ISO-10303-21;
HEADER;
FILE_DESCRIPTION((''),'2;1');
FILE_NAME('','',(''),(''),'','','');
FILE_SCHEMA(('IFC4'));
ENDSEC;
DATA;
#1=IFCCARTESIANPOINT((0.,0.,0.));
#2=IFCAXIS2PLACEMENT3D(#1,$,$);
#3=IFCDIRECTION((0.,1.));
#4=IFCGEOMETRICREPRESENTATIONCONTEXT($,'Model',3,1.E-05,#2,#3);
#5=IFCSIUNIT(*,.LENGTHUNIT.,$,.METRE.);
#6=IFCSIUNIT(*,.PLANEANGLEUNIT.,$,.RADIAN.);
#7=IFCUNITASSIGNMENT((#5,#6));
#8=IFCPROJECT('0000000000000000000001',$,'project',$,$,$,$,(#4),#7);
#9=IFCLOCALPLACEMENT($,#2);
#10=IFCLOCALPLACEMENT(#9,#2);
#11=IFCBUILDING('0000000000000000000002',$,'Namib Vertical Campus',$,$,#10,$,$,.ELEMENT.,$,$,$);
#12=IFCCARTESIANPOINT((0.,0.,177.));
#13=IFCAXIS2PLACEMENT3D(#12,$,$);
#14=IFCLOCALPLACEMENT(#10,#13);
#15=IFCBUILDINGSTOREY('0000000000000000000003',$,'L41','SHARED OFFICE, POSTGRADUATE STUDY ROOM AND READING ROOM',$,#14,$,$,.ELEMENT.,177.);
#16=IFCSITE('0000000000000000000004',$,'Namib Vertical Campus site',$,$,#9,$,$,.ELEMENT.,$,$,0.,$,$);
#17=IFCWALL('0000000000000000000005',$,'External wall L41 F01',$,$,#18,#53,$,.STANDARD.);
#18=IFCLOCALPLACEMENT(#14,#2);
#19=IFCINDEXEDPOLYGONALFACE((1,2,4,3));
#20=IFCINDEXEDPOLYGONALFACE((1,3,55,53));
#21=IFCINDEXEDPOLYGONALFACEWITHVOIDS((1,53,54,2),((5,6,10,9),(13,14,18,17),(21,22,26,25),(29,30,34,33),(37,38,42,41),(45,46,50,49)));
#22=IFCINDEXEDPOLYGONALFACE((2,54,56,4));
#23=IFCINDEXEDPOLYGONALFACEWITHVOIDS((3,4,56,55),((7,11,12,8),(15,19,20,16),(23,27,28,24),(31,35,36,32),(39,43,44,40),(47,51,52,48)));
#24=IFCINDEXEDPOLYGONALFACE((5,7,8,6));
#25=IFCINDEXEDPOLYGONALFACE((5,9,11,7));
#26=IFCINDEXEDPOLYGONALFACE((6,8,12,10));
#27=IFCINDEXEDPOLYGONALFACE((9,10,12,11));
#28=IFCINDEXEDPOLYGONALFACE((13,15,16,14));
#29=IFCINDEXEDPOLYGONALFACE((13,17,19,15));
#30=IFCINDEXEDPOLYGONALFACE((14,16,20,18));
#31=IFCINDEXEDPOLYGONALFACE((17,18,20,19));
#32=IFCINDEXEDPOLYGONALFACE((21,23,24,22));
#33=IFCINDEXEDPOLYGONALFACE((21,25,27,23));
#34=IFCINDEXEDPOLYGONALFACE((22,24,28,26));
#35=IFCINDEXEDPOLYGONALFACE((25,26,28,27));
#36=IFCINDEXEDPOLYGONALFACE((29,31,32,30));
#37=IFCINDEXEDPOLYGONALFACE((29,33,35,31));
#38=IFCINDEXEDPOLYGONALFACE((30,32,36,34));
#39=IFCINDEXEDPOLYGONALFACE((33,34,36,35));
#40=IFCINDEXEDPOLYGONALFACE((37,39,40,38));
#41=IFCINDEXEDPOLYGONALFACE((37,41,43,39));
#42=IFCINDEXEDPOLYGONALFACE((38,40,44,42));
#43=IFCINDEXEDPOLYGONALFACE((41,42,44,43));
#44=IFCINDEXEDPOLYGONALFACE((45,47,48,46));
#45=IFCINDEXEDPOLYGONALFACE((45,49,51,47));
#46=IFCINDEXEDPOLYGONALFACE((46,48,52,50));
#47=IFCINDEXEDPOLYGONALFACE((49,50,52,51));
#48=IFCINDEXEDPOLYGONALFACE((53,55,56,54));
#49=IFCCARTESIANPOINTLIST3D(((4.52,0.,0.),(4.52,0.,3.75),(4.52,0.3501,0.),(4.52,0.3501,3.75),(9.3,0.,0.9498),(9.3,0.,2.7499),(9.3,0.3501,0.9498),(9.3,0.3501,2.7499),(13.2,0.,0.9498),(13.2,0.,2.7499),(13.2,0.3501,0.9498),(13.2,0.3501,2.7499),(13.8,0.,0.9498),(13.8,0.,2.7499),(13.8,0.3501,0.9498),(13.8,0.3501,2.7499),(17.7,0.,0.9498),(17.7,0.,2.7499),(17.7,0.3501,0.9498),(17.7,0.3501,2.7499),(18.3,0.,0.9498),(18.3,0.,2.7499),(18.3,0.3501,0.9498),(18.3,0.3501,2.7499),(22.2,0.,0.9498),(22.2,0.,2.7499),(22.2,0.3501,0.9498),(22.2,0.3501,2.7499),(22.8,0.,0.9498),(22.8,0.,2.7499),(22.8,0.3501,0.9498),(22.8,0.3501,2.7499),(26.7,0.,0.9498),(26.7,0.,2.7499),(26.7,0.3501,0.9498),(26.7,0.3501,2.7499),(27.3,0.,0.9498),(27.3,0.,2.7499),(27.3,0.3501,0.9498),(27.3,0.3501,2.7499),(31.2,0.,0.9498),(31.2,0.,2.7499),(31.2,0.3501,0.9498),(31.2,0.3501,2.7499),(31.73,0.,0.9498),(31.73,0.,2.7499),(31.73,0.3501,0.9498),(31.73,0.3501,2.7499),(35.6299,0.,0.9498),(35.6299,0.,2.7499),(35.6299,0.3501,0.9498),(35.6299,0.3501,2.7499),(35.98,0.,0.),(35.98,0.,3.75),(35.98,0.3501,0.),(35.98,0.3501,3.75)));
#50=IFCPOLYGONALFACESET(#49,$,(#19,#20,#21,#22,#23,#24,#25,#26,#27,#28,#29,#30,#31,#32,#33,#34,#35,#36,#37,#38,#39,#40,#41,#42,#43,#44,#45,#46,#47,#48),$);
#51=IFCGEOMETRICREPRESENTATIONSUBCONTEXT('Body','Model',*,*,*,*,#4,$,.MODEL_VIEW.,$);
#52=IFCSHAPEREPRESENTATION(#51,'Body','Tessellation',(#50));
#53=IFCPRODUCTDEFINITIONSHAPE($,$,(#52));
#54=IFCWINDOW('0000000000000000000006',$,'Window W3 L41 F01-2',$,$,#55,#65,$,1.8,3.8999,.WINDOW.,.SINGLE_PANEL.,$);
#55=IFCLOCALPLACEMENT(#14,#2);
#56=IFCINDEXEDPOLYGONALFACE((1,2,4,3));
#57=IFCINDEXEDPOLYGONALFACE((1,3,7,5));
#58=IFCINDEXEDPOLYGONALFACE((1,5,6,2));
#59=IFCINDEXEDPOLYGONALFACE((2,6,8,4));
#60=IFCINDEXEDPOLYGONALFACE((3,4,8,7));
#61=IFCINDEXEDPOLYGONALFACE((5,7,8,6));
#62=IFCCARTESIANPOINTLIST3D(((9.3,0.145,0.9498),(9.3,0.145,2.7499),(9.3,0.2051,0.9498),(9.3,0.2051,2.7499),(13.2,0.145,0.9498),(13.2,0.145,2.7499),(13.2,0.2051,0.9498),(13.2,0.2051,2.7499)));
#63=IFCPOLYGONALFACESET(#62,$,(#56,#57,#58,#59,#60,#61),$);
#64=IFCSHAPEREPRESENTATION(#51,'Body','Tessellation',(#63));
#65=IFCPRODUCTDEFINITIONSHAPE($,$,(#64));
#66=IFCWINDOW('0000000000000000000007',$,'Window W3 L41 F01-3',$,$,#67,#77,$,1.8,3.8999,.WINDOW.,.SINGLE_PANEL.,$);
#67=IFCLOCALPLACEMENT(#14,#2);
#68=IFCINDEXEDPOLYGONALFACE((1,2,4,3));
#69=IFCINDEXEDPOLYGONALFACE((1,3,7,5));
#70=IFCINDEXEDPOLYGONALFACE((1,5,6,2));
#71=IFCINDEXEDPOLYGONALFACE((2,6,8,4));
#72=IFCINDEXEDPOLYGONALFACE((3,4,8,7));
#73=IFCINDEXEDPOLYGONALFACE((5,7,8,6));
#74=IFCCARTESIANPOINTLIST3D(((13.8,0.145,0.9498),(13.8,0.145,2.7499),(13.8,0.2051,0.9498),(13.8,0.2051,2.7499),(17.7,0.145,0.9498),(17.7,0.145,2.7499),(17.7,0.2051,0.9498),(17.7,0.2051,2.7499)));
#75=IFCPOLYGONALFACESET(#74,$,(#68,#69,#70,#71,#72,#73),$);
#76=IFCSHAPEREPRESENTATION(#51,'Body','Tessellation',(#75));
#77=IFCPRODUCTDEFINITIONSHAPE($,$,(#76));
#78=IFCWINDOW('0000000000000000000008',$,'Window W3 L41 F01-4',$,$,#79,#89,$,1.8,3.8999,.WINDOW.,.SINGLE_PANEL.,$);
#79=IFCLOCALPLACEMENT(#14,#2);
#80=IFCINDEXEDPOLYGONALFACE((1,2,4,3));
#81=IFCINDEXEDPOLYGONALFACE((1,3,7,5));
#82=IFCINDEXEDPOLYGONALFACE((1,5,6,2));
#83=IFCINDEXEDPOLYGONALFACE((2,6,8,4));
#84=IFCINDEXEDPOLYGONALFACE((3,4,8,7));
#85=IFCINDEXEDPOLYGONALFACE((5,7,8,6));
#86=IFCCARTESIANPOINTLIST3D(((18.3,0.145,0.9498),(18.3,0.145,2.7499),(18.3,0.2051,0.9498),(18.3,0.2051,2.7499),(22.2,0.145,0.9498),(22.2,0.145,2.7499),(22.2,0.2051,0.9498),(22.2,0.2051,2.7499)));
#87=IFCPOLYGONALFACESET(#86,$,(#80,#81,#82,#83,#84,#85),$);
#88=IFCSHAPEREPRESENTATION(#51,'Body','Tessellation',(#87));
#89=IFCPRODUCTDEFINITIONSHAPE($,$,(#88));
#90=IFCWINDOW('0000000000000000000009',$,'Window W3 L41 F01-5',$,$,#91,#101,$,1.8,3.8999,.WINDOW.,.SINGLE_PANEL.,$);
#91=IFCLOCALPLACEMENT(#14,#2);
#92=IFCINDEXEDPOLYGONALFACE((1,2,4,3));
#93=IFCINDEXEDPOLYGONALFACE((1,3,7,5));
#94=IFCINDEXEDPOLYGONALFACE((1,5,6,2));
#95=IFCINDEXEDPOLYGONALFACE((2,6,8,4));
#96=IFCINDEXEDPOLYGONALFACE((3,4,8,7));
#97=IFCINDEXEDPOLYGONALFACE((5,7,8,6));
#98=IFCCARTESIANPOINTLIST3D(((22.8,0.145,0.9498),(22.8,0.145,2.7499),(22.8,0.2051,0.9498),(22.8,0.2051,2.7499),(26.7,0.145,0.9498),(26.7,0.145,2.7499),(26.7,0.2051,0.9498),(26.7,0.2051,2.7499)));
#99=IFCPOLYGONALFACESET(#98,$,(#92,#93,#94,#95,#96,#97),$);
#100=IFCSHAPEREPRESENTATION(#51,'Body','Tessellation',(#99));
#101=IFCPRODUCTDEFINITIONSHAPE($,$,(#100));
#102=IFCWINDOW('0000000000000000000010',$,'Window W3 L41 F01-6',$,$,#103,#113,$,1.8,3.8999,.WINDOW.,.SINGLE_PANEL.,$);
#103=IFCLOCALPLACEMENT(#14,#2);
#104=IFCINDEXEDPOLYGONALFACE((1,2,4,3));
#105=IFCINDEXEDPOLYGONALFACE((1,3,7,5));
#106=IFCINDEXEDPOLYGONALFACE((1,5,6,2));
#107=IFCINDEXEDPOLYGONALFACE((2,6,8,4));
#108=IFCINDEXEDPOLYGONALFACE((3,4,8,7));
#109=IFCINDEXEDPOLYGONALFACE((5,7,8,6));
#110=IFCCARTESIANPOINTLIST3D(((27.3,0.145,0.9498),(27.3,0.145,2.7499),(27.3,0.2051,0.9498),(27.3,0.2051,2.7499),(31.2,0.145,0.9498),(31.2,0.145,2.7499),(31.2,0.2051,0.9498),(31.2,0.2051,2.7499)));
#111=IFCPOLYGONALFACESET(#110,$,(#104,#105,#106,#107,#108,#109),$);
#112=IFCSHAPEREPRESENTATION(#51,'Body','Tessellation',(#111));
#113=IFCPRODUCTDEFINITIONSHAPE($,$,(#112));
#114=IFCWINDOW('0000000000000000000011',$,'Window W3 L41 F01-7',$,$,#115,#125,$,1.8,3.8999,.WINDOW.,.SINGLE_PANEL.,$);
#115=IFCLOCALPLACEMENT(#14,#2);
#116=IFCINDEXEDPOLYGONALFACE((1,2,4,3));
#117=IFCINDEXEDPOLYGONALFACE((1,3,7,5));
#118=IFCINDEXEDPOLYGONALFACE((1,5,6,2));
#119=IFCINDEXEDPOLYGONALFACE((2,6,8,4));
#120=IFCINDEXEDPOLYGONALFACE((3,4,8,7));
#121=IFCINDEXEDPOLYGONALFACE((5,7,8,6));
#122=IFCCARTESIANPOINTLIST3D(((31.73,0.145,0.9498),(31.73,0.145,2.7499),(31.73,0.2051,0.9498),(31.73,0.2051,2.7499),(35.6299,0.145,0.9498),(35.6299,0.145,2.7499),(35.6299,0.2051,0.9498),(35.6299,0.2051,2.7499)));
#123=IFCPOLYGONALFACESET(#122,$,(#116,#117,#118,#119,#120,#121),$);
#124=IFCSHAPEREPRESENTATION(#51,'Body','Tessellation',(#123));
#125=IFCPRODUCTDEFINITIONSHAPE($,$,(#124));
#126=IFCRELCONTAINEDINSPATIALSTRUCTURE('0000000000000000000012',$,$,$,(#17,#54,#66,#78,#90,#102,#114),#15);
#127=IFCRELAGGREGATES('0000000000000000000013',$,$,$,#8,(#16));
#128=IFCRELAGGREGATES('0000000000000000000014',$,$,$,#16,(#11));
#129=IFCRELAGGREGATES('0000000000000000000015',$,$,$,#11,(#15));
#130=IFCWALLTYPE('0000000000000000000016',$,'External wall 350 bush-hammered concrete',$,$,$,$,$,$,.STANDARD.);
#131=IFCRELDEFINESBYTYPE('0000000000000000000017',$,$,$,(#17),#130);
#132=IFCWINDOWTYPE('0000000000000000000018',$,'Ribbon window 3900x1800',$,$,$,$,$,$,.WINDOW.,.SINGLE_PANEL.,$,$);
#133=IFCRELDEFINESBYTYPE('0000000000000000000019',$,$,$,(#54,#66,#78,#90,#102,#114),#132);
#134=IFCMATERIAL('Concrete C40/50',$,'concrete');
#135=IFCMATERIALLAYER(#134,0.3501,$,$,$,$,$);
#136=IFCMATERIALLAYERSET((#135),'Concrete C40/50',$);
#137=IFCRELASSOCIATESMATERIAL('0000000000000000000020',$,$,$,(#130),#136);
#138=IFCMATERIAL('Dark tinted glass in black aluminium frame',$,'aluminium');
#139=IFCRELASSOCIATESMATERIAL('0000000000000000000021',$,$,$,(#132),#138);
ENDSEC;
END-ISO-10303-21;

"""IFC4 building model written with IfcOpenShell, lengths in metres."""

from ifc_helpers import new_model, si_unit, direction, frame, frame_2d, origin, place, context, subcontext, project, spatial, rectangle, extrude, material, layer, layer_set, type_object, element, fill, save


model = new_model("IFC4")

# Units and contexts
model_context = context("Model", 3, precision=1e-05, world=origin(), true_north=direction((0.0, 1.0)))
body_context = subcontext(model_context, "Body", "Model", "MODEL_VIEW")
ifc_project = project(units=[si_unit("LENGTHUNIT", "METRE"), si_unit("PLANEANGLEUNIT", "RADIAN")], contexts=[model_context])

# Site, building, storey
site_placement = place(None, origin())
site = spatial("IfcSite", under=ifc_project, at=site_placement, Name="Namib Vertical Campus site", CompositionType="ELEMENT", RefElevation=0.0)
building_placement = place(site_placement, origin())
building = spatial("IfcBuilding", under=site, at=building_placement, Name="Namib Vertical Campus", CompositionType="ELEMENT")
storey_placement = place(building_placement, frame((0.0, 0.0, 177.0)))
storey = spatial("IfcBuildingStorey", under=building, at=storey_placement, Name="L41", Description="SHARED OFFICE, POSTGRADUATE STUDY ROOM AND READING ROOM", CompositionType="ELEMENT", Elevation=177.0)

# Wall, openings, windows
ifc_material_1 = material(Name="Concrete C40/50", Category="concrete")
ifc_layer_1 = layer(ifc_material_1, 0.3501)
ifc_layer_set_1 = layer_set([ifc_layer_1], Name="Concrete C40/50")
wall_type = type_object("IfcWallType", Name="External wall 350 bush-hammered concrete", PredefinedType="STANDARD", material=ifc_layer_set_1)
wall_placement = place(storey_placement, frame((4.52, 0.175, 0.0), z_axis=(0.0, 0.0, 1.0), x_axis=(1.0, 0.0, 0.0)))
wall = element("IfcWall", 1, at=wall_placement, inside=storey, type_object=wall_type, Name="External wall L41 F01", PredefinedType="STANDARD", context=body_context, shape_type="SweptSolid", body=[
    extrude(rectangle(XDim=31.46, YDim=0.3501, at=frame_2d((15.73, 0.0))), origin(), (0.0, 0.0, 1.0), 3.75),
])
opening_1_placement = place(wall_placement, frame((4.78, 0.0, 0.95)))
opening_1 = element("IfcOpeningElement", 2, at=opening_1_placement, cuts=wall, PredefinedType="OPENING", context=body_context, shape_type="SweptSolid", body=[
    extrude(rectangle(XDim=3.8999, YDim=1.8, at=frame_2d((1.95, 0.8999))), frame((0.0, 0.1851, 0.0), z_axis=(0.0, -1.0, 0.0), x_axis=(1.0, 0.0, 0.0)), (0.0, 0.0, 1.0), 0.3701),
])
opening_2_placement = place(wall_placement, frame((9.28, 0.0, 0.95)))
opening_2 = element("IfcOpeningElement", 3, at=opening_2_placement, cuts=wall, PredefinedType="OPENING", context=body_context, shape_type="SweptSolid", body=[
    extrude(rectangle(XDim=3.8999, YDim=1.8, at=frame_2d((1.95, 0.8999))), frame((0.0, 0.1851, 0.0), z_axis=(0.0, -1.0, 0.0), x_axis=(1.0, 0.0, 0.0)), (0.0, 0.0, 1.0), 0.3701),
])
opening_3_placement = place(wall_placement, frame((13.78, 0.0, 0.95)))
opening_3 = element("IfcOpeningElement", 4, at=opening_3_placement, cuts=wall, PredefinedType="OPENING", context=body_context, shape_type="SweptSolid", body=[
    extrude(rectangle(XDim=3.8999, YDim=1.8, at=frame_2d((1.95, 0.8999))), frame((0.0, 0.1851, 0.0), z_axis=(0.0, -1.0, 0.0), x_axis=(1.0, 0.0, 0.0)), (0.0, 0.0, 1.0), 0.3701),
])
opening_4_placement = place(wall_placement, frame((18.28, 0.0, 0.95)))
opening_4 = element("IfcOpeningElement", 5, at=opening_4_placement, cuts=wall, PredefinedType="OPENING", context=body_context, shape_type="SweptSolid", body=[
    extrude(rectangle(XDim=3.8999, YDim=1.8, at=frame_2d((1.95, 0.8999))), frame((0.0, 0.1851, 0.0), z_axis=(0.0, -1.0, 0.0), x_axis=(1.0, 0.0, 0.0)), (0.0, 0.0, 1.0), 0.3701),
])
opening_5_placement = place(wall_placement, frame((22.78, 0.0, 0.95)))
opening_5 = element("IfcOpeningElement", 6, at=opening_5_placement, cuts=wall, PredefinedType="OPENING", context=body_context, shape_type="SweptSolid", body=[
    extrude(rectangle(XDim=3.8999, YDim=1.8, at=frame_2d((1.95, 0.8999))), frame((0.0, 0.1851, 0.0), z_axis=(0.0, -1.0, 0.0), x_axis=(1.0, 0.0, 0.0)), (0.0, 0.0, 1.0), 0.3701),
])
opening_6_placement = place(wall_placement, frame((27.21, 0.0, 0.95)))
opening_6 = element("IfcOpeningElement", 7, at=opening_6_placement, cuts=wall, PredefinedType="OPENING", context=body_context, shape_type="SweptSolid", body=[
    extrude(rectangle(XDim=3.8999, YDim=1.8, at=frame_2d((1.95, 0.8999))), frame((0.0, 0.1851, 0.0), z_axis=(0.0, -1.0, 0.0), x_axis=(1.0, 0.0, 0.0)), (0.0, 0.0, 1.0), 0.3701),
])
ifc_material_2 = material(Name="Dark tinted glass in black aluminium frame", Category="aluminium")
window_type = type_object("IfcWindowType", Name="Ribbon window 3900x1800", PartitioningType="SINGLE_PANEL", PredefinedType="WINDOW", material=ifc_material_2)
window_1_placement = place(opening_1_placement, origin())
window_1 = element("IfcWindow", 8, at=window_1_placement, inside=storey, type_object=window_type, Name="Window W3 L41 F01-2", OverallHeight=1.8, OverallWidth=3.8999, PartitioningType="SINGLE_PANEL", PredefinedType="WINDOW", context=body_context, shape_type="SweptSolid", body=[
    extrude(rectangle(XDim=3.8999, YDim=1.8, at=frame_2d((1.95, 0.8999))), frame((0.0, 0.03, 0.0), z_axis=(0.0, -1.0, 0.0), x_axis=(1.0, 0.0, 0.0)), (0.0, 0.0, 1.0), 0.0601),
])
fill(opening_1, window_1)
window_2_placement = place(opening_2_placement, origin())
window_2 = element("IfcWindow", 9, at=window_2_placement, inside=storey, type_object=window_type, Name="Window W3 L41 F01-3", OverallHeight=1.8, OverallWidth=3.8999, PartitioningType="SINGLE_PANEL", PredefinedType="WINDOW", context=body_context, shape_type="SweptSolid", body=[
    extrude(rectangle(XDim=3.8999, YDim=1.8, at=frame_2d((1.95, 0.8999))), frame((0.0, 0.03, 0.0), z_axis=(0.0, -1.0, 0.0), x_axis=(1.0, 0.0, 0.0)), (0.0, 0.0, 1.0), 0.0601),
])
fill(opening_2, window_2)
window_3_placement = place(opening_3_placement, origin())
window_3 = element("IfcWindow", 10, at=window_3_placement, inside=storey, type_object=window_type, Name="Window W3 L41 F01-4", OverallHeight=1.8, OverallWidth=3.8999, PartitioningType="SINGLE_PANEL", PredefinedType="WINDOW", context=body_context, shape_type="SweptSolid", body=[
    extrude(rectangle(XDim=3.8999, YDim=1.8, at=frame_2d((1.95, 0.8999))), frame((0.0, 0.03, 0.0), z_axis=(0.0, -1.0, 0.0), x_axis=(1.0, 0.0, 0.0)), (0.0, 0.0, 1.0), 0.0601),
])
fill(opening_3, window_3)
window_4_placement = place(opening_4_placement, origin())
window_4 = element("IfcWindow", 11, at=window_4_placement, inside=storey, type_object=window_type, Name="Window W3 L41 F01-5", OverallHeight=1.8, OverallWidth=3.8999, PartitioningType="SINGLE_PANEL", PredefinedType="WINDOW", context=body_context, shape_type="SweptSolid", body=[
    extrude(rectangle(XDim=3.8999, YDim=1.8, at=frame_2d((1.95, 0.8999))), frame((0.0, 0.03, 0.0), z_axis=(0.0, -1.0, 0.0), x_axis=(1.0, 0.0, 0.0)), (0.0, 0.0, 1.0), 0.0601),
])
fill(opening_4, window_4)
window_5_placement = place(opening_5_placement, origin())
window_5 = element("IfcWindow", 12, at=window_5_placement, inside=storey, type_object=window_type, Name="Window W3 L41 F01-6", OverallHeight=1.8, OverallWidth=3.8999, PartitioningType="SINGLE_PANEL", PredefinedType="WINDOW", context=body_context, shape_type="SweptSolid", body=[
    extrude(rectangle(XDim=3.8999, YDim=1.8, at=frame_2d((1.95, 0.8999))), frame((0.0, 0.03, 0.0), z_axis=(0.0, -1.0, 0.0), x_axis=(1.0, 0.0, 0.0)), (0.0, 0.0, 1.0), 0.0601),
])
fill(opening_5, window_5)
window_6_placement = place(opening_6_placement, origin())
window_6 = element("IfcWindow", 13, at=window_6_placement, inside=storey, type_object=window_type, Name="Window W3 L41 F01-7", OverallHeight=1.8, OverallWidth=3.8999, PartitioningType="SINGLE_PANEL", PredefinedType="WINDOW", context=body_context, shape_type="SweptSolid", body=[
    extrude(rectangle(XDim=3.8999, YDim=1.8, at=frame_2d((1.95, 0.8999))), frame((0.0, 0.03, 0.0), z_axis=(0.0, -1.0, 0.0), x_axis=(1.0, 0.0, 0.0)), (0.0, 0.0, 1.0), 0.0601),
])
fill(opening_6, window_6)

save(model, "model.ifc")
